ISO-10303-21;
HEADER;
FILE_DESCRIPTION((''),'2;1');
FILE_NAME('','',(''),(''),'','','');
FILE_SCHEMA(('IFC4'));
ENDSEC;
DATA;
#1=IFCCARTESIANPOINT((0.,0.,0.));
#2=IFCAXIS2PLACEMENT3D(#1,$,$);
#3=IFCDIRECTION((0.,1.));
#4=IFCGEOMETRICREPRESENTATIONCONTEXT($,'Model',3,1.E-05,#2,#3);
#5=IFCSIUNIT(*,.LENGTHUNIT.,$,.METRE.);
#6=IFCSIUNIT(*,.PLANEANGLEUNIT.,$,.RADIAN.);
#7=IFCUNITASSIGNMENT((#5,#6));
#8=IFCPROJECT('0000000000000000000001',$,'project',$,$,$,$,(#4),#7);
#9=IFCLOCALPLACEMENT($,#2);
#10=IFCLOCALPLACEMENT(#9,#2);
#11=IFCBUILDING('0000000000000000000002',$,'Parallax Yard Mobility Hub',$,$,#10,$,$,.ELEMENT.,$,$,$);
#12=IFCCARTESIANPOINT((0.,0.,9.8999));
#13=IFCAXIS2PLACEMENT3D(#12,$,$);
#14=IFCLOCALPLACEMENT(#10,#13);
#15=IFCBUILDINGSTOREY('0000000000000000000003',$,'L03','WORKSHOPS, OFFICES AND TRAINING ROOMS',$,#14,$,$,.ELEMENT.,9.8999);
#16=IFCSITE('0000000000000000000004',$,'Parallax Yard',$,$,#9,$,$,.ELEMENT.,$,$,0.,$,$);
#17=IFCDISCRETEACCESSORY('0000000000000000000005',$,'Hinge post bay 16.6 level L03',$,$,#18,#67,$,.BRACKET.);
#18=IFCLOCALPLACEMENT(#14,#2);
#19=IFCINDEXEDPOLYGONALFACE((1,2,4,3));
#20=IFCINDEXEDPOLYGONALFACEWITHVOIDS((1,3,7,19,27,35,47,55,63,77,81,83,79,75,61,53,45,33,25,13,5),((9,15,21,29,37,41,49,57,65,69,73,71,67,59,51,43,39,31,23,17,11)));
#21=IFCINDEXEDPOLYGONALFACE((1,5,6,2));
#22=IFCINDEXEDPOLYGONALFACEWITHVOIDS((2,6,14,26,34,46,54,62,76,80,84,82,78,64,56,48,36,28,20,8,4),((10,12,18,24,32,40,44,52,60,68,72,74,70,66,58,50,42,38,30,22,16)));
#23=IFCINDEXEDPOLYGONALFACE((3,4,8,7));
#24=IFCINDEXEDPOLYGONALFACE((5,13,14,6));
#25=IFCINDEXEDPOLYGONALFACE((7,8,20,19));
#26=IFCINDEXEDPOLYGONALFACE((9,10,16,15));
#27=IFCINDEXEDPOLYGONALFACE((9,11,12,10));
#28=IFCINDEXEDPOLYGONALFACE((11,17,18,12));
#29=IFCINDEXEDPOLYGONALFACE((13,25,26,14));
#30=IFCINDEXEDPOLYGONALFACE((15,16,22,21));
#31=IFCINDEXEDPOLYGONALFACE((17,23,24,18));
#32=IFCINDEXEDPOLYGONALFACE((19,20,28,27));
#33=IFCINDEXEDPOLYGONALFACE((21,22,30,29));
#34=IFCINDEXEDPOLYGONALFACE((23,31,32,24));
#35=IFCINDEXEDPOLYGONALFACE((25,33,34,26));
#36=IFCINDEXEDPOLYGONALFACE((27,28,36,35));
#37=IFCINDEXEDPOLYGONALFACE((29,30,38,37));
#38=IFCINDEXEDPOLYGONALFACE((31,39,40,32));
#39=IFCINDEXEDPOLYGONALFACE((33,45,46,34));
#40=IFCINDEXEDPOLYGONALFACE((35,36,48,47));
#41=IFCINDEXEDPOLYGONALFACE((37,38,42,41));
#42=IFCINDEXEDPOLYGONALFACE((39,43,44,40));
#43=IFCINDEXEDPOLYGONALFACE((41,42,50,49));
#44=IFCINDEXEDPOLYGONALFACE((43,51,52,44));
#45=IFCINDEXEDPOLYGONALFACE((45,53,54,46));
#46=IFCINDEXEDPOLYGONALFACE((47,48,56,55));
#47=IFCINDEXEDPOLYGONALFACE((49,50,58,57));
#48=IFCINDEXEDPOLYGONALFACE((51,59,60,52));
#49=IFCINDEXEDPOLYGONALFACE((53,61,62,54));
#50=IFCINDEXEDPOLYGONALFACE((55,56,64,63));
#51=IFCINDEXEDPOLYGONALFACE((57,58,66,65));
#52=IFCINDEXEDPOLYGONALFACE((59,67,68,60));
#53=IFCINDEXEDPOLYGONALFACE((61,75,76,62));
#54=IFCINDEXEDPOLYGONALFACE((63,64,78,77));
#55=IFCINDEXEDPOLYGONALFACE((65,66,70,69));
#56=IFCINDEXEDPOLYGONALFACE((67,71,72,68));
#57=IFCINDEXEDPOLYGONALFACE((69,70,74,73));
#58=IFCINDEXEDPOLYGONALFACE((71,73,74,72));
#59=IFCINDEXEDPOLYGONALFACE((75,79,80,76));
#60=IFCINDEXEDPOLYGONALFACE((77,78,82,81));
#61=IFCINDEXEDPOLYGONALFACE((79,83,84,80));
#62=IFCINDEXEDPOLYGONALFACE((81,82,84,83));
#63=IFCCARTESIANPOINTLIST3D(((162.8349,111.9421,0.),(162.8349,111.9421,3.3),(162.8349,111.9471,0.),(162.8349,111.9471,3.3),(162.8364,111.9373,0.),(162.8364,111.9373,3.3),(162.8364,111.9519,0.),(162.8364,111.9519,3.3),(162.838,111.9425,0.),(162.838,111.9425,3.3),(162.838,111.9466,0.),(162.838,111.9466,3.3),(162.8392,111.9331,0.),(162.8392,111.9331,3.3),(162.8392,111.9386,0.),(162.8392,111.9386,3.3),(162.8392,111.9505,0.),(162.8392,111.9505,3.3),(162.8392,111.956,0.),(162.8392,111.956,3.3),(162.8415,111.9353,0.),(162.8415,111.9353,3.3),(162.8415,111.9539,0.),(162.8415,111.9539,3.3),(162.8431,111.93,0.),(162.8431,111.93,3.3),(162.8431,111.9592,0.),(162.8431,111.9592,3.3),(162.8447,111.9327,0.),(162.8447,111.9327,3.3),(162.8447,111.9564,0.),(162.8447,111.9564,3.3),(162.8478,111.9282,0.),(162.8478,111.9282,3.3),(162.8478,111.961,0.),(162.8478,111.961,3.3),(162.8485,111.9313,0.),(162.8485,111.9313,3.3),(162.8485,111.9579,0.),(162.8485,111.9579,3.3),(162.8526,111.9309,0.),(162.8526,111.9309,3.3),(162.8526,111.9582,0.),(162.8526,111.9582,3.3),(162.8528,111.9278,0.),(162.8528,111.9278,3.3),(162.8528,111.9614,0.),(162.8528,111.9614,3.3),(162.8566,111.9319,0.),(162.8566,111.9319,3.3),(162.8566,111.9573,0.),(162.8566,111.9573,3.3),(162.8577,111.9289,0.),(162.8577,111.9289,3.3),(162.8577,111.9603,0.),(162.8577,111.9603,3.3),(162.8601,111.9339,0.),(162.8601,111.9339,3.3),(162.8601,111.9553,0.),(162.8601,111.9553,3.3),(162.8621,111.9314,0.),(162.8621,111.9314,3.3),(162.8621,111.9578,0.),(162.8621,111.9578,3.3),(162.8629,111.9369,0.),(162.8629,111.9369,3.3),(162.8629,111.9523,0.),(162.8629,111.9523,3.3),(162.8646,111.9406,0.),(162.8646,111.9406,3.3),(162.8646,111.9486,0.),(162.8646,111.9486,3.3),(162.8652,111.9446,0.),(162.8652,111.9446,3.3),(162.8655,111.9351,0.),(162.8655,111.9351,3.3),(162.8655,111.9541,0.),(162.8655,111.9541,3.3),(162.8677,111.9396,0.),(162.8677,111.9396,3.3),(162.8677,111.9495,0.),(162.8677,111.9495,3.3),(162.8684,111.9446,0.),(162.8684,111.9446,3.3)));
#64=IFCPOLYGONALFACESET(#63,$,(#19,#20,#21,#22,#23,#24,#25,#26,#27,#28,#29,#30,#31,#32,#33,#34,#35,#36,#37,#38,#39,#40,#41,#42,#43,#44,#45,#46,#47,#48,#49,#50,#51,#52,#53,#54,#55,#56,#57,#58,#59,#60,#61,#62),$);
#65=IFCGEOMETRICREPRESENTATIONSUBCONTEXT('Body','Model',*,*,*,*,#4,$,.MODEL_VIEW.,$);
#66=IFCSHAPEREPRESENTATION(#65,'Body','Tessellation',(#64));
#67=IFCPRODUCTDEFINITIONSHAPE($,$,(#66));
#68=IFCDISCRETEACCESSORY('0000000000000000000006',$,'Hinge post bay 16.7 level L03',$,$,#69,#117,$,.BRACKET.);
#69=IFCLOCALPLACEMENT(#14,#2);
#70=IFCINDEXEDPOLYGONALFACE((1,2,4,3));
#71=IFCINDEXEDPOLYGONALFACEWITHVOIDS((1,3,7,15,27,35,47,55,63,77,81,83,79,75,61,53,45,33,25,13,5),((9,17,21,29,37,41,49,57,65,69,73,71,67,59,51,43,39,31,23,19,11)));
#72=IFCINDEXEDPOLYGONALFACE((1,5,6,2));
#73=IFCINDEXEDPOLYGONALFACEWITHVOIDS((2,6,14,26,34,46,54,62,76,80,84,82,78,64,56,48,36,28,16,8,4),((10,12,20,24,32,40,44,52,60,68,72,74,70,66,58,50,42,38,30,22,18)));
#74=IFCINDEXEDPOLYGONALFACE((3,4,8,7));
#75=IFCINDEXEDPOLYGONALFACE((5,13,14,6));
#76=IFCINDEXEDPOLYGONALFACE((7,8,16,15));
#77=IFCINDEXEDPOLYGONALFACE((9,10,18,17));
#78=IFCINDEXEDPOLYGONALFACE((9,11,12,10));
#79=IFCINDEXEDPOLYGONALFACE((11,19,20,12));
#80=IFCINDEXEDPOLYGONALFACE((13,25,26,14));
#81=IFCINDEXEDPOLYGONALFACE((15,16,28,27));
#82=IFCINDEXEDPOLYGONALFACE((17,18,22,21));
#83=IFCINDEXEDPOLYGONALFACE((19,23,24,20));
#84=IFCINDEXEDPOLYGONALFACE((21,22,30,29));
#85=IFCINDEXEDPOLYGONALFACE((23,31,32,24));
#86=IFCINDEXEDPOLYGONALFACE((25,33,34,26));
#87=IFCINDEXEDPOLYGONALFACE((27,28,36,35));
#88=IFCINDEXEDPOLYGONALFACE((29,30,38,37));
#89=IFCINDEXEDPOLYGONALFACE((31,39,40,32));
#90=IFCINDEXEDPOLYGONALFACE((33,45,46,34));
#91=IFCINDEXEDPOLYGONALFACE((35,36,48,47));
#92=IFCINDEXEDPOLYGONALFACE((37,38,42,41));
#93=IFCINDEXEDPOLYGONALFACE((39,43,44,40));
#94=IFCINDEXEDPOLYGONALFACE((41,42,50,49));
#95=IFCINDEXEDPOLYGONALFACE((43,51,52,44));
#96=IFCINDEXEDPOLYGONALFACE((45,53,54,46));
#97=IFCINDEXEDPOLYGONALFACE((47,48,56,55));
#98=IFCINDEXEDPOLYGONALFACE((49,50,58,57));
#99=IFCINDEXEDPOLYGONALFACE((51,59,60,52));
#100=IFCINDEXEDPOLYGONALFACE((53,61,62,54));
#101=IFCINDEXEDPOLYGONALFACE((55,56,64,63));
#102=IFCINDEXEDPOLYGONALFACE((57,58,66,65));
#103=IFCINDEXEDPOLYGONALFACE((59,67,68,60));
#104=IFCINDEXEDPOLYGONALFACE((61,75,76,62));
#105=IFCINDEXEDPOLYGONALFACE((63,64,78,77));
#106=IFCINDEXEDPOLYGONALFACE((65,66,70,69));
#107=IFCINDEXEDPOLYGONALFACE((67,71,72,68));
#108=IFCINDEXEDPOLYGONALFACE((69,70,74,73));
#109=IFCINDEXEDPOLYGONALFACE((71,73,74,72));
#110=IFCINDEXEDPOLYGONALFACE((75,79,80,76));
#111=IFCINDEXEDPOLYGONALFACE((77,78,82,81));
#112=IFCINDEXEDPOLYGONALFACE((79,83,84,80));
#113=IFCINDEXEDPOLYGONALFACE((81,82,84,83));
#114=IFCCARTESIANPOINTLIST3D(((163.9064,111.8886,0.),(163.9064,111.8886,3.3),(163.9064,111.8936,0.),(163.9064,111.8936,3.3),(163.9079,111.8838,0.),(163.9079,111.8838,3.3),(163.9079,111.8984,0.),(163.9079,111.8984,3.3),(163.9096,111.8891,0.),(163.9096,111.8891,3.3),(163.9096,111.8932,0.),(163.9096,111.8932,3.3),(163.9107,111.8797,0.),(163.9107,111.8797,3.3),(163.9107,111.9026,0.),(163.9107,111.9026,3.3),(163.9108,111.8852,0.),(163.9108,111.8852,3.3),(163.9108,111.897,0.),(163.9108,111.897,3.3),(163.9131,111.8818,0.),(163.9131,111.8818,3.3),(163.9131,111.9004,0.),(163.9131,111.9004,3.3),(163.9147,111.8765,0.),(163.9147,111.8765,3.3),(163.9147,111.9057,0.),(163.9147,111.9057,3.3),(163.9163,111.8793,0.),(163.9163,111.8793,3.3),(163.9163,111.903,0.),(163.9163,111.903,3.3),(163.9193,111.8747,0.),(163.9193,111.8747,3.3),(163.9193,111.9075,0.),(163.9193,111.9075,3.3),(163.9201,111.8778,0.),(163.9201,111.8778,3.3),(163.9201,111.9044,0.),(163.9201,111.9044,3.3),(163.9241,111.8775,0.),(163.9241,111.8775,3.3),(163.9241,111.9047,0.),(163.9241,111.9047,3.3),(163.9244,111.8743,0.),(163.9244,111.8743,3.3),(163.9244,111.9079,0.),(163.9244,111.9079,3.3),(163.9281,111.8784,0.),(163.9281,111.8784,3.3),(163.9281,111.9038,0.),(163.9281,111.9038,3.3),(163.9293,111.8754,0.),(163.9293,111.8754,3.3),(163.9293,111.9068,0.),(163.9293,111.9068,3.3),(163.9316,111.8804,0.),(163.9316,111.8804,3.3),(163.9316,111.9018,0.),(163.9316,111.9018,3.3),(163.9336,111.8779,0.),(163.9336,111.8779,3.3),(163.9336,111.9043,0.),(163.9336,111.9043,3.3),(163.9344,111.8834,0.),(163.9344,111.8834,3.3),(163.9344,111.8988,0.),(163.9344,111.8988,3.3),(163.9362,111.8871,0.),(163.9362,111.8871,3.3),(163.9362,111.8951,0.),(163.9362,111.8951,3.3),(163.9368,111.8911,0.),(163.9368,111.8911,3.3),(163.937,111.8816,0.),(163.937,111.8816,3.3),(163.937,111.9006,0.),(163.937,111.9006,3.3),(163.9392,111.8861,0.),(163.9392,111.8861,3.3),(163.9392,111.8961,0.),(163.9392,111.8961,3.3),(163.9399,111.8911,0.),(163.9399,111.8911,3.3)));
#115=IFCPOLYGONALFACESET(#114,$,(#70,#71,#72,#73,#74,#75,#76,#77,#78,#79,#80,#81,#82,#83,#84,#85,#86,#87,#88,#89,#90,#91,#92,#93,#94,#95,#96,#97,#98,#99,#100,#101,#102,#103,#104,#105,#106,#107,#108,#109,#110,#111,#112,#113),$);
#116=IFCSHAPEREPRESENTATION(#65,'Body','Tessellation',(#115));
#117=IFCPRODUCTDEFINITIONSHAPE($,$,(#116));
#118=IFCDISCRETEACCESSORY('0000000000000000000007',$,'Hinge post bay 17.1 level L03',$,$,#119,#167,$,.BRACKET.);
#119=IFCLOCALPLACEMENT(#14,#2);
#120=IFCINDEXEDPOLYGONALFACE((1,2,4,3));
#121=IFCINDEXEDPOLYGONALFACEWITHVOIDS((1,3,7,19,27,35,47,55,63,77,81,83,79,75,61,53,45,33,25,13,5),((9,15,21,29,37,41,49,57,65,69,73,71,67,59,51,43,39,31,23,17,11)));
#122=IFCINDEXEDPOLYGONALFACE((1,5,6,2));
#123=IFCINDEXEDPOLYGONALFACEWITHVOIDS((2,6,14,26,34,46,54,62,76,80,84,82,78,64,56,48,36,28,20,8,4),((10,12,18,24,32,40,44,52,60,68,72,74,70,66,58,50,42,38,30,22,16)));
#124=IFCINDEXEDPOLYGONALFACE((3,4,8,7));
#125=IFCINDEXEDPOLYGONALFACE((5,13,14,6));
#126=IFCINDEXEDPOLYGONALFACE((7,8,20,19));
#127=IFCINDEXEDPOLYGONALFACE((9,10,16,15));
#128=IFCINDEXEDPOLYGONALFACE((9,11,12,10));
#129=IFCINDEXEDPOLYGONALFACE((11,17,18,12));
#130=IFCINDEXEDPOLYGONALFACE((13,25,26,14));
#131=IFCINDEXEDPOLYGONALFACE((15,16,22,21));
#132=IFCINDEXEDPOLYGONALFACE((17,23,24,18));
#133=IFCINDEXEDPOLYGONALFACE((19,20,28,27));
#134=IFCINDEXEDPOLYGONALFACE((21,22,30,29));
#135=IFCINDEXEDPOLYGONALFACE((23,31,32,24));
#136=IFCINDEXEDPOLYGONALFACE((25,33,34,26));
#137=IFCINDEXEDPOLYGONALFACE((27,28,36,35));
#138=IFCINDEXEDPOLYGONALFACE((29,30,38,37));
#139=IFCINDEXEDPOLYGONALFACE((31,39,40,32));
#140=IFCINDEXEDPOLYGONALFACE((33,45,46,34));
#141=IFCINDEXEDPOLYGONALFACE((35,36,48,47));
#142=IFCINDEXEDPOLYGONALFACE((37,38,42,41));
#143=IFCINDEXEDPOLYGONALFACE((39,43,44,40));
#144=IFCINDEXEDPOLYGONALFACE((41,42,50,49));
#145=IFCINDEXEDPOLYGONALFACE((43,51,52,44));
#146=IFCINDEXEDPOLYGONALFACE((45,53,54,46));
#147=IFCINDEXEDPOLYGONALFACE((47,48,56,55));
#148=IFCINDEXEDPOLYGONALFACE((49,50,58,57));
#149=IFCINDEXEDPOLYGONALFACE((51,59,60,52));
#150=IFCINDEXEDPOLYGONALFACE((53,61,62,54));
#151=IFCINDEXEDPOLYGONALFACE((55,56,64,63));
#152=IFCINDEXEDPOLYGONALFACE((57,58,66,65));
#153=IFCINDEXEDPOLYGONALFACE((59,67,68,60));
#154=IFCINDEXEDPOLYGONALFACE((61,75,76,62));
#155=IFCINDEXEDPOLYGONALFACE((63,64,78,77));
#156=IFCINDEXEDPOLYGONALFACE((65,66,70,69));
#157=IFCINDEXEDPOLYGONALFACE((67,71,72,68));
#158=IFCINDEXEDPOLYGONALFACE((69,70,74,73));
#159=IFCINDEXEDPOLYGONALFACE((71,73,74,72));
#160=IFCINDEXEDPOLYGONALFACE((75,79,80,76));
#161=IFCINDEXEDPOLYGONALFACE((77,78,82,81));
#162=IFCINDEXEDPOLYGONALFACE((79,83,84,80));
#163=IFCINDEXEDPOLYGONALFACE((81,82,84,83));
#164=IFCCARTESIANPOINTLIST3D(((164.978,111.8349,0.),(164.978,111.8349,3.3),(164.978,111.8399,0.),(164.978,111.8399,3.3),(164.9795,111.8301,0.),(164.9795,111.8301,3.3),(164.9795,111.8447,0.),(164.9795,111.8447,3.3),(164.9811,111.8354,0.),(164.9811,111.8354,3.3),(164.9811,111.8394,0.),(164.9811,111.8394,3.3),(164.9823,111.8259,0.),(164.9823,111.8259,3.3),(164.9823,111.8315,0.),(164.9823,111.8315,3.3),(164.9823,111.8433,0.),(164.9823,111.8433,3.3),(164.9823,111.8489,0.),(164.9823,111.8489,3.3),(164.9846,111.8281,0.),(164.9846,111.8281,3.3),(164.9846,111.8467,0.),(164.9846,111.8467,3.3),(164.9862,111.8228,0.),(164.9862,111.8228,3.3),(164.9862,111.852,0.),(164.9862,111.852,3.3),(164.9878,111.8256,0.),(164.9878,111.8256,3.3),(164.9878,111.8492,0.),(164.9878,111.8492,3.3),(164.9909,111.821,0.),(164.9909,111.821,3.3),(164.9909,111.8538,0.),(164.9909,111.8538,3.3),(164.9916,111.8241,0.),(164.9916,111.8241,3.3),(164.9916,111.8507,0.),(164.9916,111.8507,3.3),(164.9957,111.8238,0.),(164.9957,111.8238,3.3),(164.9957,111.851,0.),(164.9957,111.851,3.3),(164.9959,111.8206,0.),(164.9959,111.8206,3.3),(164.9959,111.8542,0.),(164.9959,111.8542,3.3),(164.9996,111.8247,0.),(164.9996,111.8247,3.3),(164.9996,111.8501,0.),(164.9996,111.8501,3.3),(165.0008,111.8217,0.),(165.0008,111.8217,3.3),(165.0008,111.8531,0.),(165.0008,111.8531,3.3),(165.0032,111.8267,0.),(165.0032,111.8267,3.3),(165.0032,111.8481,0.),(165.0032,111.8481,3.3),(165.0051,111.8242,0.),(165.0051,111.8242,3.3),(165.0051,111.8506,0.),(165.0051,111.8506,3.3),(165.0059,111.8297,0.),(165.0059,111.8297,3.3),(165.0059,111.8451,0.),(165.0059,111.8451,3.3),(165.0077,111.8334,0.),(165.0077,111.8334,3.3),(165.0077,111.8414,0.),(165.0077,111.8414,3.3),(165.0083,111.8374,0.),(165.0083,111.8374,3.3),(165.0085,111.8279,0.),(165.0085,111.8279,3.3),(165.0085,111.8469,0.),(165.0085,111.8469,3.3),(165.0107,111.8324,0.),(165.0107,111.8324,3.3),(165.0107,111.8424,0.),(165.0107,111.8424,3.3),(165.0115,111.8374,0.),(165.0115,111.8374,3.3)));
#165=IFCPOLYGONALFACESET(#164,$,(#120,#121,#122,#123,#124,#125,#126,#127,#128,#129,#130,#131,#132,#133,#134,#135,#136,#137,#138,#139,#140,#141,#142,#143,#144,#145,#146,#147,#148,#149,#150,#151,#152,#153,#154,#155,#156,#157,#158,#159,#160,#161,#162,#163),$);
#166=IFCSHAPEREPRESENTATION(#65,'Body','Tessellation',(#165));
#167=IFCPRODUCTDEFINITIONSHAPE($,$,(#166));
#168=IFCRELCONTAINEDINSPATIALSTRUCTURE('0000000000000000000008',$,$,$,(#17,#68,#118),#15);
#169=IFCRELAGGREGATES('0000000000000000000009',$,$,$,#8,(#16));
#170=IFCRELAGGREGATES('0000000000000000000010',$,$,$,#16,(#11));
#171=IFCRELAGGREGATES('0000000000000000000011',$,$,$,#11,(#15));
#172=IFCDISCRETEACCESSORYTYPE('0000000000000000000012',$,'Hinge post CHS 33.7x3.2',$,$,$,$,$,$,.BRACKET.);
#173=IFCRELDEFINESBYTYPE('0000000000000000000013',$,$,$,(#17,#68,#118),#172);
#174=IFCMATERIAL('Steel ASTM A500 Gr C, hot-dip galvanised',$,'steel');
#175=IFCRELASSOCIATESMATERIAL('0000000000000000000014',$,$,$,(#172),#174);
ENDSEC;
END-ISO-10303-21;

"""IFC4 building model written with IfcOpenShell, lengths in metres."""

from ifc_helpers import new_model, si_unit, direction, frame, origin, origin_2d, place, context, subcontext, project, spatial, hollow_circle, extrude, material, material_profile, profile_set, type_object, element, save


model = new_model("IFC4")

# Units and contexts
model_context = context("Model", 3, precision=1e-05, world=origin(), true_north=direction((0.0, 1.0)))
body_context = subcontext(model_context, "Body", "Model", "MODEL_VIEW")
ifc_project = project(units=[si_unit("LENGTHUNIT", "METRE"), si_unit("PLANEANGLEUNIT", "RADIAN")], contexts=[model_context])

# Site, building, storey
site_placement = place(None, origin())
site = spatial("IfcSite", under=ifc_project, at=site_placement, Name="Parallax Yard", CompositionType="ELEMENT", RefElevation=0.0)
building_placement = place(site_placement, origin())
building = spatial("IfcBuilding", under=site, at=building_placement, Name="Parallax Yard Mobility Hub", CompositionType="ELEMENT")
storey_placement = place(building_placement, frame((0.0, 0.0, 9.8999)))
storey = spatial("IfcBuildingStorey", under=building, at=storey_placement, Name="L03", Description="WORKSHOPS, OFFICES AND TRAINING ROOMS", CompositionType="ELEMENT", Elevation=9.8999)

# Discrete accessories
ifc_material_1 = material(Name="Steel ASTM A500 Gr C, hot-dip galvanised", Category="steel")
ifc_material_profile_1 = material_profile(ifc_material_1, hollow_circle(Radius=0.0168, WallThickness=0.0032, at=origin_2d()), Name="CHS 33.7x3.2")
ifc_profile_set_1 = profile_set([ifc_material_profile_1], Name="Steel ASTM A500 Gr C, hot-dip galvanised")
discrete_accessory_type_1 = type_object("IfcDiscreteAccessoryType", Name="Hinge post CHS 33.7x3.2", PredefinedType="BRACKET", material=ifc_profile_set_1)
for number, where, z_axis, x_axis, name in (
    (1, (162.8516, 111.9446, 0.0), (0.0, 0.0, 1.0), (1.0, 0.0, 0.0), "Hinge post bay 16.6 level L03"),
    (2, (163.9231, 111.8911, 0.0), (0.0, 0.0, 1.0), (1.0, 0.0, 0.0), "Hinge post bay 16.7 level L03"),
    (3, (164.9946, 111.8374, 0.0), (0.0, 0.0, 1.0), (1.0, 0.0, 0.0), "Hinge post bay 17.1 level L03"),
):
    element("IfcDiscreteAccessory", number, at=place(storey_placement, frame(where, z_axis=z_axis, x_axis=x_axis)), inside=storey, type_object=discrete_accessory_type_1, Name=name, PredefinedType="BRACKET", context=body_context, shape_type="SweptSolid", body=[
        extrude(hollow_circle(Radius=0.0168, WallThickness=0.0032, at=origin_2d()), origin(), (0.0, 0.0, 1.0), 3.3),
    ])

save(model, "model.ifc")
